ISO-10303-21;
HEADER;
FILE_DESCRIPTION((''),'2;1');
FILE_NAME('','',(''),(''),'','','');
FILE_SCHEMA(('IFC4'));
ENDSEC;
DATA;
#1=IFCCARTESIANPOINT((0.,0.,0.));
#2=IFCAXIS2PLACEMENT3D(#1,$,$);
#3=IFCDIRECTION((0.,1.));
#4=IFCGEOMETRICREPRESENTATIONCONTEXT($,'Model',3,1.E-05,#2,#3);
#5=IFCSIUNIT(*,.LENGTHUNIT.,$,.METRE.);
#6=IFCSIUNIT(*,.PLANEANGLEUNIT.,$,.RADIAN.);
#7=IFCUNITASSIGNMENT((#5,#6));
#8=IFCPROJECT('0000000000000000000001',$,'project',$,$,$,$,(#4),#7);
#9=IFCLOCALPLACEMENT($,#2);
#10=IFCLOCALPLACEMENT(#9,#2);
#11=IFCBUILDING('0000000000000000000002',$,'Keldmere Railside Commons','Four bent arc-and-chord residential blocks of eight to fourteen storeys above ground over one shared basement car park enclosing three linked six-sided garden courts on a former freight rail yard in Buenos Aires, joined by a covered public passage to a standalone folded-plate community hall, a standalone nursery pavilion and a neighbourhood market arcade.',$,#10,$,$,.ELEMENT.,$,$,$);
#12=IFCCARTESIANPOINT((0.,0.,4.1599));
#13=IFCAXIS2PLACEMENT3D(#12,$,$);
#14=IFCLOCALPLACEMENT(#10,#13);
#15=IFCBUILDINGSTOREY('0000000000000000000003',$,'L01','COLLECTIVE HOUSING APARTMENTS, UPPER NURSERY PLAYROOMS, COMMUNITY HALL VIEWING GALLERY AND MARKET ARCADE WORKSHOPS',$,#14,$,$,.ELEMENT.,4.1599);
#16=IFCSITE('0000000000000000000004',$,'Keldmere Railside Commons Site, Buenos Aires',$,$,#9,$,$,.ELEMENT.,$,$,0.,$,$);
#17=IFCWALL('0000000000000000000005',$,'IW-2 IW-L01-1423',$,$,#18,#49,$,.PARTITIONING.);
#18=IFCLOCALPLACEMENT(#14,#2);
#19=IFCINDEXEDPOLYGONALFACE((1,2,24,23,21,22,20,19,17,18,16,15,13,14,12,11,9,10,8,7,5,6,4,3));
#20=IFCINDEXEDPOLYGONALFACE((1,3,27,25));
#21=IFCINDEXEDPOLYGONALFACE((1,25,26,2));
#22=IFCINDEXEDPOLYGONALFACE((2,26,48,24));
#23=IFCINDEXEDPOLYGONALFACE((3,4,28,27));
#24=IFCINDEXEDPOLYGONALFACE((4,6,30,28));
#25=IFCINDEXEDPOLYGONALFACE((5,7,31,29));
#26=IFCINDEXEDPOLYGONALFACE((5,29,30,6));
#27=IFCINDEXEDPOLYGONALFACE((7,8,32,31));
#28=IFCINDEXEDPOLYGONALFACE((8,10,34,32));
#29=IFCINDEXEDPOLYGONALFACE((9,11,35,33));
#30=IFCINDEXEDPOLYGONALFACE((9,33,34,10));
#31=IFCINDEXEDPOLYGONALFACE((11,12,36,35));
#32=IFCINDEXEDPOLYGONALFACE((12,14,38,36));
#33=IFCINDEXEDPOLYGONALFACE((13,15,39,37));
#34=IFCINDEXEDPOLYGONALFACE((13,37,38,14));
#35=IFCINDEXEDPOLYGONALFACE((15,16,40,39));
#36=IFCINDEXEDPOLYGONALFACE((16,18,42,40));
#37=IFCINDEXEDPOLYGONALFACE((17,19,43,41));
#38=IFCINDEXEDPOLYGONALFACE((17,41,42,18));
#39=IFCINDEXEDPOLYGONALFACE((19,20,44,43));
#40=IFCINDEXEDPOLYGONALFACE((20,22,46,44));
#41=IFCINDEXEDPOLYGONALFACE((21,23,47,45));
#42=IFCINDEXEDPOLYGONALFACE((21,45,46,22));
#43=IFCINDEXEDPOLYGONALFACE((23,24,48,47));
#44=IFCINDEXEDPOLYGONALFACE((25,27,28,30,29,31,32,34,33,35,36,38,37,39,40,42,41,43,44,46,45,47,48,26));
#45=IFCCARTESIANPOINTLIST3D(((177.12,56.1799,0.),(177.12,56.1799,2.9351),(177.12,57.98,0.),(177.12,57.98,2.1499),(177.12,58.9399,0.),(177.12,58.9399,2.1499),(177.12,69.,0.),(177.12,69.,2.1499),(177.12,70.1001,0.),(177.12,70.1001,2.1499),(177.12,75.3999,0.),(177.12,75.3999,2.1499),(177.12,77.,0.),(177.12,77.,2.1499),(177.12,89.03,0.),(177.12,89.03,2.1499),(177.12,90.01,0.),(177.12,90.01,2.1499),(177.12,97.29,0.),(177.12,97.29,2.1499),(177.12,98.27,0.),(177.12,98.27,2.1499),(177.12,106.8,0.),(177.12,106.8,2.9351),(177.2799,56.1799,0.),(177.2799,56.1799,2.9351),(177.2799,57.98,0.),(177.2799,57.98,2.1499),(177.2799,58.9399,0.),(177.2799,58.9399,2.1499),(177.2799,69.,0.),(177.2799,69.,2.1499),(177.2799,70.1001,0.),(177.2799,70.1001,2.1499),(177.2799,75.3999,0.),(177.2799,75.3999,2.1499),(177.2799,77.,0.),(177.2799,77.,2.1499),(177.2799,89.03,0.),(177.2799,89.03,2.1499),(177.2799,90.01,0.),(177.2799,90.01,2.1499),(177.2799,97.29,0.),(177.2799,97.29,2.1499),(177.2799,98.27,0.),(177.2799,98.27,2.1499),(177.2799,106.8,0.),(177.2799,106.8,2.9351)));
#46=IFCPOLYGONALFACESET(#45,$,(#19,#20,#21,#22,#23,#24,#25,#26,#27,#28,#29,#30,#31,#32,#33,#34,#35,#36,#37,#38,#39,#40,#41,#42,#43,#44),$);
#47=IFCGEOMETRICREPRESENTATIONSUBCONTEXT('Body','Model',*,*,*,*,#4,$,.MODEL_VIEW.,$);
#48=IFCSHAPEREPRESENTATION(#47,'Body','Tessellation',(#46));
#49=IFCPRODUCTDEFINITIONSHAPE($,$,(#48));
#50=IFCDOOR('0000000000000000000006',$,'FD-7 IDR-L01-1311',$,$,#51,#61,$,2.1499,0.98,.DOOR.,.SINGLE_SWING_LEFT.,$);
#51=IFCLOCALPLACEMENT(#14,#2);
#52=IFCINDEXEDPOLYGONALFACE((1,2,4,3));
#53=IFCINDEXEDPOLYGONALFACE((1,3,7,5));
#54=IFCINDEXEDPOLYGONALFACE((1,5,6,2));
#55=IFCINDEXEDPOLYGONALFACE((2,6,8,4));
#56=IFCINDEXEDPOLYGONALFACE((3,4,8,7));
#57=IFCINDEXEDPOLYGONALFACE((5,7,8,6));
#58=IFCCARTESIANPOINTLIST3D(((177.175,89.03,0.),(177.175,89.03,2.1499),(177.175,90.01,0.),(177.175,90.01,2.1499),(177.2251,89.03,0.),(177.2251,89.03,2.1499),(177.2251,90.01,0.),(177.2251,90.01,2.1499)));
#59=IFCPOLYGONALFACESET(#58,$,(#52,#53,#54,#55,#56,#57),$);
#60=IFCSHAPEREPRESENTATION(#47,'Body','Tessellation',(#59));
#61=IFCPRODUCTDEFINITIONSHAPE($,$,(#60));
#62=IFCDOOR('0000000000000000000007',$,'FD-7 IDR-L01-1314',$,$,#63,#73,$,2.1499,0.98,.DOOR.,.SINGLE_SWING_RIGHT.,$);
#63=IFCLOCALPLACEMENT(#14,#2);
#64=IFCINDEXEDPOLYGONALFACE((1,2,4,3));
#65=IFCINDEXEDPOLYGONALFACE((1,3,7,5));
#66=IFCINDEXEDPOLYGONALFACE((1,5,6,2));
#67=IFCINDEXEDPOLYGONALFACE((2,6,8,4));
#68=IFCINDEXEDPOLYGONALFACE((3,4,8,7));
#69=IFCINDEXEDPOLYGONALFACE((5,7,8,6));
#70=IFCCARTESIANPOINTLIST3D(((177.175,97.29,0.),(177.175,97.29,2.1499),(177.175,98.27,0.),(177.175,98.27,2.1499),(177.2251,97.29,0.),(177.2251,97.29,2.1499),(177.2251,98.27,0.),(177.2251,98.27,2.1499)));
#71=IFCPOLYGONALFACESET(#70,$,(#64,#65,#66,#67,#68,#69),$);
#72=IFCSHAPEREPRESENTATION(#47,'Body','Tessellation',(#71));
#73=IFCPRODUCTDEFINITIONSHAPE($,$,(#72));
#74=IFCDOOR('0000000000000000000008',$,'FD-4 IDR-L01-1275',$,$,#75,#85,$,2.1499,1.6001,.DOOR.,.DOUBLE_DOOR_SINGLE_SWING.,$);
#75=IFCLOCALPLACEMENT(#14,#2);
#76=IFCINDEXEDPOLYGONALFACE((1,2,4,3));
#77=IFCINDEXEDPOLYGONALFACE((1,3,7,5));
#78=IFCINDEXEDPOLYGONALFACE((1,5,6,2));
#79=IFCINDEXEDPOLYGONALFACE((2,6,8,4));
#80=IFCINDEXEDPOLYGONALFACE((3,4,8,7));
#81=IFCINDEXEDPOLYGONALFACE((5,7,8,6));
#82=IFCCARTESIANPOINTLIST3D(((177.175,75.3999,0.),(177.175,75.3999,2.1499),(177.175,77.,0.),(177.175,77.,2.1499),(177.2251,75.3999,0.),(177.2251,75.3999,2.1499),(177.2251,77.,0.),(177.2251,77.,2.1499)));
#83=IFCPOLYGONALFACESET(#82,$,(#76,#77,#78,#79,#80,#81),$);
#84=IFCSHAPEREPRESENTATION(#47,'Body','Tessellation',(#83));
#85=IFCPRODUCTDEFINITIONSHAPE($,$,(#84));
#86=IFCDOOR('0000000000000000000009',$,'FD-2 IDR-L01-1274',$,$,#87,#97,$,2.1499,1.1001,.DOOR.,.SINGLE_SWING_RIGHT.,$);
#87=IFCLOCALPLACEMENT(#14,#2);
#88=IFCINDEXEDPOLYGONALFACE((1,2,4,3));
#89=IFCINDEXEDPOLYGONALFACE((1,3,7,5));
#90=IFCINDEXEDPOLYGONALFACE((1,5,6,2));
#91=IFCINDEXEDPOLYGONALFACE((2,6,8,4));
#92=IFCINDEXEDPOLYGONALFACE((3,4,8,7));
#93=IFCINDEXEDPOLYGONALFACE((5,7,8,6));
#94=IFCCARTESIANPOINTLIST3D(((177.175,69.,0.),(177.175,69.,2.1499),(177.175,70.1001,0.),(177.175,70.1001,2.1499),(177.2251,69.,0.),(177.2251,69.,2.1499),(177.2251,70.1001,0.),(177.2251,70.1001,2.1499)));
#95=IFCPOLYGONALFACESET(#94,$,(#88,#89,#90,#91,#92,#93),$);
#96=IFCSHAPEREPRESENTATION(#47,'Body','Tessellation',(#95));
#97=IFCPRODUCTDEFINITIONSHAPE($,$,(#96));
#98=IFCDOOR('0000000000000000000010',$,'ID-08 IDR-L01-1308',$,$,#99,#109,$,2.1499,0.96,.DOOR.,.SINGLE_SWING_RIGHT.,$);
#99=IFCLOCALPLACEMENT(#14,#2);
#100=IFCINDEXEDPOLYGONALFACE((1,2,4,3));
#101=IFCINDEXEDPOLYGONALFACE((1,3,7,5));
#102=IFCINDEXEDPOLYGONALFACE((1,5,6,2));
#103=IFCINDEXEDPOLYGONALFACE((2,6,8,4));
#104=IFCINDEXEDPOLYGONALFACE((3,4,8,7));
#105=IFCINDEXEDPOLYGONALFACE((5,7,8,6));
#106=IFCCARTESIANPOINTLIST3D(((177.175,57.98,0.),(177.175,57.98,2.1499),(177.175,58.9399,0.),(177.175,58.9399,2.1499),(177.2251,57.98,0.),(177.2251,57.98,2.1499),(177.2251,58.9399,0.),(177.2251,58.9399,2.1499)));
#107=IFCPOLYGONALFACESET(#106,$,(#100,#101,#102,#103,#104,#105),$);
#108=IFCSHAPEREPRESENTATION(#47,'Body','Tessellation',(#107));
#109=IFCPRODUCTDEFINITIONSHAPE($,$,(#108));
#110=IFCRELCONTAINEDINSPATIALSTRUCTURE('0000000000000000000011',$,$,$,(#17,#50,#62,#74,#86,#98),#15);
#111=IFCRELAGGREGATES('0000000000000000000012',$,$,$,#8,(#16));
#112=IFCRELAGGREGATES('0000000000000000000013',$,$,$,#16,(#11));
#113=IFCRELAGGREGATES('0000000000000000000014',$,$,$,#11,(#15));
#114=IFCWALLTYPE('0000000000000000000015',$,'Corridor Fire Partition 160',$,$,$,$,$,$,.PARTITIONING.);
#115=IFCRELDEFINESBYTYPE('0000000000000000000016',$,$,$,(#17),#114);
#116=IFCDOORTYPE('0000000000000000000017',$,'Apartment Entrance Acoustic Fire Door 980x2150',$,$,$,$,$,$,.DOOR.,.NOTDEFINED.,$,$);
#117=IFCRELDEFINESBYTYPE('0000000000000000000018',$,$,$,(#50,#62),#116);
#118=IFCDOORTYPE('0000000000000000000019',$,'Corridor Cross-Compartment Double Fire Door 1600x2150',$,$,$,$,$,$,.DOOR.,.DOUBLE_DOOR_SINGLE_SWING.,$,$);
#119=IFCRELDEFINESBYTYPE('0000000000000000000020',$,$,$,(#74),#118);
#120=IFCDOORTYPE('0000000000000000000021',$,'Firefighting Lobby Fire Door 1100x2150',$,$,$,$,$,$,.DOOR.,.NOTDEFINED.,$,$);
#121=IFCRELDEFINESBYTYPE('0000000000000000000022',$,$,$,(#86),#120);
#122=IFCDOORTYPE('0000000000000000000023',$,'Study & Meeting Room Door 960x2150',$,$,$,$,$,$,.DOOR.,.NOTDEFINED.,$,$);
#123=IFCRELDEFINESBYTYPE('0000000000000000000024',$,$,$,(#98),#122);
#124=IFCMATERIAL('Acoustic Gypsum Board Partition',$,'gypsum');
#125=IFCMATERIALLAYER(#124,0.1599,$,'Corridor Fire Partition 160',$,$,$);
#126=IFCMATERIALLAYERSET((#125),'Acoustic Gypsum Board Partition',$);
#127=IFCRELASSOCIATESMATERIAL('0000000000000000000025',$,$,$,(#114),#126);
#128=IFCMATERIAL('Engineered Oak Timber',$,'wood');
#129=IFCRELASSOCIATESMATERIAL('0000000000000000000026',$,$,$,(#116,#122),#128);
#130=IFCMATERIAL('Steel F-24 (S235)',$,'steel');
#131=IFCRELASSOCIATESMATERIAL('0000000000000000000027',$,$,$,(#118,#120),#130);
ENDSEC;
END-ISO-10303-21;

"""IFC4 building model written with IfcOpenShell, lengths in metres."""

from ifc_helpers import new_model, si_unit, direction, frame, frame_2d, origin, place, context, subcontext, project, spatial, rectangle, extrude, material, layer, layer_set, type_object, element, fill, save


model = new_model("IFC4")

# Units and contexts
model_context = context("Model", 3, precision=1e-05, world=origin(), true_north=direction((0.0, 1.0)))
body_context = subcontext(model_context, "Body", "Model", "MODEL_VIEW")
ifc_project = project(units=[si_unit("LENGTHUNIT", "METRE"), si_unit("PLANEANGLEUNIT", "RADIAN")], contexts=[model_context])

# Site, building, storey
site_placement = place(None, origin())
site = spatial("IfcSite", under=ifc_project, at=site_placement, Name="Keldmere Railside Commons Site, Buenos Aires", CompositionType="ELEMENT", RefElevation=0.0)
building_placement = place(site_placement, origin())
building = spatial("IfcBuilding", under=site, at=building_placement, Name="Keldmere Railside Commons", Description="Four bent arc-and-chord residential blocks of eight to fourteen storeys above ground over one shared basement car park enclosing three linked six-sided garden courts on a former freight rail yard in Buenos Aires, joined by a covered public passage to a standalone folded-plate community hall, a standalone nursery pavilion and a neighbourhood market arcade.", CompositionType="ELEMENT")
storey_placement = place(building_placement, frame((0.0, 0.0, 4.1599)))
storey = spatial("IfcBuildingStorey", under=building, at=storey_placement, Name="L01", Description="COLLECTIVE HOUSING APARTMENTS, UPPER NURSERY PLAYROOMS, COMMUNITY HALL VIEWING GALLERY AND MARKET ARCADE WORKSHOPS", CompositionType="ELEMENT", Elevation=4.1599)

# Wall, openings, doors
ifc_material_1 = material(Name="Acoustic Gypsum Board Partition", Category="gypsum")
ifc_layer = layer(ifc_material_1, 0.1599, Name="Corridor Fire Partition 160")
ifc_layer_set = layer_set([ifc_layer], Name="Acoustic Gypsum Board Partition")
wall_type = type_object("IfcWallType", Name="Corridor Fire Partition 160", PredefinedType="PARTITIONING", material=ifc_layer_set)
ifc_material_2 = material(Name="Engineered Oak Timber", Category="wood")
door_type_1 = type_object("IfcDoorType", Name="Apartment Entrance Acoustic Fire Door 980x2150", OperationType="NOTDEFINED", PredefinedType="DOOR", material=ifc_material_2)
wall_1_placement = place(storey_placement, frame((177.2, 56.1799, 0.0), z_axis=(0.0, 0.0, 1.0), x_axis=(0.0, 1.0, 0.0)))
wall_1 = element("IfcWall", 1, at=wall_1_placement, inside=storey, type_object=wall_type, Name="IW-2 IW-L01-1423", PredefinedType="PARTITIONING", context=body_context, shape_type="SweptSolid", body=[
    extrude(rectangle(XDim=50.6201, YDim=0.1599, at=frame_2d((25.3101, 0.0))), origin(), (0.0, 0.0, 1.0), 2.9351),
])
opening_1_placement = place(wall_1_placement, frame((12.8201, 0.0, 0.0)))
opening_1 = element("IfcOpeningElement", 2, at=opening_1_placement, cuts=wall_1, PredefinedType="OPENING", context=body_context, shape_type="SweptSolid", body=[
    extrude(rectangle(XDim=1.1001, YDim=2.1499, at=frame_2d((0.55, 1.075))), frame((0.0, 0.0898, 0.0), z_axis=(0.0, -1.0, 0.0), x_axis=(1.0, 0.0, 0.0)), (0.0, 0.0, 1.0), 0.1799),
])
opening_2_placement = place(wall_1_placement, frame((19.22, 0.0, 0.0)))
opening_2 = element("IfcOpeningElement", 3, at=opening_2_placement, cuts=wall_1, PredefinedType="OPENING", context=body_context, shape_type="SweptSolid", body=[
    extrude(rectangle(XDim=1.6001, YDim=2.1499, at=frame_2d((0.8, 1.075))), frame((0.0, 0.0898, 0.0), z_axis=(0.0, -1.0, 0.0), x_axis=(1.0, 0.0, 0.0)), (0.0, 0.0, 1.0), 0.1799),
])
opening_3_placement = place(wall_1_placement, frame((1.8, 0.0, 0.0)))
opening_3 = element("IfcOpeningElement", 4, at=opening_3_placement, cuts=wall_1, PredefinedType="OPENING", context=body_context, shape_type="SweptSolid", body=[
    extrude(rectangle(XDim=0.96, YDim=2.1499, at=frame_2d((0.48, 1.075))), frame((0.0, 0.0898, 0.0), z_axis=(0.0, -1.0, 0.0), x_axis=(1.0, 0.0, 0.0)), (0.0, 0.0, 1.0), 0.1799),
])
opening_4_placement = place(wall_1_placement, frame((32.8501, 0.0, 0.0)))
opening_4 = element("IfcOpeningElement", 5, at=opening_4_placement, cuts=wall_1, PredefinedType="OPENING", context=body_context, shape_type="SweptSolid", body=[
    extrude(rectangle(XDim=0.98, YDim=2.1499, at=frame_2d((0.49, 1.075))), frame((0.0, 0.0898, 0.0), z_axis=(0.0, -1.0, 0.0), x_axis=(1.0, 0.0, 0.0)), (0.0, 0.0, 1.0), 0.1799),
])
opening_5_placement = place(wall_1_placement, frame((41.1101, 0.0, 0.0)))
opening_5 = element("IfcOpeningElement", 6, at=opening_5_placement, cuts=wall_1, PredefinedType="OPENING", context=body_context, shape_type="SweptSolid", body=[
    extrude(rectangle(XDim=0.98, YDim=2.1499, at=frame_2d((0.49, 1.075))), frame((0.0, 0.0898, 0.0), z_axis=(0.0, -1.0, 0.0), x_axis=(1.0, 0.0, 0.0)), (0.0, 0.0, 1.0), 0.1799),
])
door_1_placement = place(opening_4_placement, origin())
door_1 = element("IfcDoor", 7, at=door_1_placement, inside=storey, type_object=door_type_1, Name="FD-7 IDR-L01-1311", OperationType="SINGLE_SWING_LEFT", OverallHeight=2.1499, OverallWidth=0.98, PredefinedType="DOOR", context=body_context, shape_type="SweptSolid", body=[
    extrude(rectangle(XDim=0.98, YDim=2.1499, at=frame_2d((0.49, 1.075))), frame((0.0, 0.0249, 0.0), z_axis=(0.0, -1.0, 0.0), x_axis=(1.0, 0.0, 0.0)), (0.0, 0.0, 1.0), 0.05),
])
fill(opening_4, door_1)
door_2_placement = place(opening_5_placement, origin())
door_2 = element("IfcDoor", 8, at=door_2_placement, inside=storey, type_object=door_type_1, Name="FD-7 IDR-L01-1314", OperationType="SINGLE_SWING_RIGHT", OverallHeight=2.1499, OverallWidth=0.98, PredefinedType="DOOR", context=body_context, shape_type="SweptSolid", body=[
    extrude(rectangle(XDim=0.98, YDim=2.1499, at=frame_2d((0.49, 1.075))), frame((0.0, 0.0249, 0.0), z_axis=(0.0, -1.0, 0.0), x_axis=(1.0, 0.0, 0.0)), (0.0, 0.0, 1.0), 0.05),
])
fill(opening_5, door_2)
ifc_material_3 = material(Name="Steel F-24 (S235)", Category="steel")
door_type_2 = type_object("IfcDoorType", Name="Corridor Cross-Compartment Double Fire Door 1600x2150", OperationType="DOUBLE_DOOR_SINGLE_SWING", PredefinedType="DOOR", material=ifc_material_3)
door_3_placement = place(opening_2_placement, origin())
door_3 = element("IfcDoor", 9, at=door_3_placement, inside=storey, type_object=door_type_2, Name="FD-4 IDR-L01-1275", OperationType="DOUBLE_DOOR_SINGLE_SWING", OverallHeight=2.1499, OverallWidth=1.6001, PredefinedType="DOOR", context=body_context, shape_type="SweptSolid", body=[
    extrude(rectangle(XDim=1.6001, YDim=2.1499, at=frame_2d((0.8, 1.075))), frame((0.0, 0.0249, 0.0), z_axis=(0.0, -1.0, 0.0), x_axis=(1.0, 0.0, 0.0)), (0.0, 0.0, 1.0), 0.05),
])
fill(opening_2, door_3)
door_type_3 = type_object("IfcDoorType", Name="Firefighting Lobby Fire Door 1100x2150", OperationType="NOTDEFINED", PredefinedType="DOOR", material=ifc_material_3)
door_4_placement = place(opening_1_placement, origin())
door_4 = element("IfcDoor", 10, at=door_4_placement, inside=storey, type_object=door_type_3, Name="FD-2 IDR-L01-1274", OperationType="SINGLE_SWING_RIGHT", OverallHeight=2.1499, OverallWidth=1.1001, PredefinedType="DOOR", context=body_context, shape_type="SweptSolid", body=[
    extrude(rectangle(XDim=1.1001, YDim=2.1499, at=frame_2d((0.55, 1.075))), frame((0.0, 0.0249, 0.0), z_axis=(0.0, -1.0, 0.0), x_axis=(1.0, 0.0, 0.0)), (0.0, 0.0, 1.0), 0.05),
])
fill(opening_1, door_4)
door_type_4 = type_object("IfcDoorType", Name="Study & Meeting Room Door 960x2150", OperationType="NOTDEFINED", PredefinedType="DOOR", material=ifc_material_2)
door_5_placement = place(opening_3_placement, origin())
door_5 = element("IfcDoor", 11, at=door_5_placement, inside=storey, type_object=door_type_4, Name="ID-08 IDR-L01-1308", OperationType="SINGLE_SWING_RIGHT", OverallHeight=2.1499, OverallWidth=0.96, PredefinedType="DOOR", context=body_context, shape_type="SweptSolid", body=[
    extrude(rectangle(XDim=0.96, YDim=2.1499, at=frame_2d((0.48, 1.075))), frame((0.0, 0.0249, 0.0), z_axis=(0.0, -1.0, 0.0), x_axis=(1.0, 0.0, 0.0)), (0.0, 0.0, 1.0), 0.05),
])
fill(opening_3, door_5)

save(model, "model.ifc")
